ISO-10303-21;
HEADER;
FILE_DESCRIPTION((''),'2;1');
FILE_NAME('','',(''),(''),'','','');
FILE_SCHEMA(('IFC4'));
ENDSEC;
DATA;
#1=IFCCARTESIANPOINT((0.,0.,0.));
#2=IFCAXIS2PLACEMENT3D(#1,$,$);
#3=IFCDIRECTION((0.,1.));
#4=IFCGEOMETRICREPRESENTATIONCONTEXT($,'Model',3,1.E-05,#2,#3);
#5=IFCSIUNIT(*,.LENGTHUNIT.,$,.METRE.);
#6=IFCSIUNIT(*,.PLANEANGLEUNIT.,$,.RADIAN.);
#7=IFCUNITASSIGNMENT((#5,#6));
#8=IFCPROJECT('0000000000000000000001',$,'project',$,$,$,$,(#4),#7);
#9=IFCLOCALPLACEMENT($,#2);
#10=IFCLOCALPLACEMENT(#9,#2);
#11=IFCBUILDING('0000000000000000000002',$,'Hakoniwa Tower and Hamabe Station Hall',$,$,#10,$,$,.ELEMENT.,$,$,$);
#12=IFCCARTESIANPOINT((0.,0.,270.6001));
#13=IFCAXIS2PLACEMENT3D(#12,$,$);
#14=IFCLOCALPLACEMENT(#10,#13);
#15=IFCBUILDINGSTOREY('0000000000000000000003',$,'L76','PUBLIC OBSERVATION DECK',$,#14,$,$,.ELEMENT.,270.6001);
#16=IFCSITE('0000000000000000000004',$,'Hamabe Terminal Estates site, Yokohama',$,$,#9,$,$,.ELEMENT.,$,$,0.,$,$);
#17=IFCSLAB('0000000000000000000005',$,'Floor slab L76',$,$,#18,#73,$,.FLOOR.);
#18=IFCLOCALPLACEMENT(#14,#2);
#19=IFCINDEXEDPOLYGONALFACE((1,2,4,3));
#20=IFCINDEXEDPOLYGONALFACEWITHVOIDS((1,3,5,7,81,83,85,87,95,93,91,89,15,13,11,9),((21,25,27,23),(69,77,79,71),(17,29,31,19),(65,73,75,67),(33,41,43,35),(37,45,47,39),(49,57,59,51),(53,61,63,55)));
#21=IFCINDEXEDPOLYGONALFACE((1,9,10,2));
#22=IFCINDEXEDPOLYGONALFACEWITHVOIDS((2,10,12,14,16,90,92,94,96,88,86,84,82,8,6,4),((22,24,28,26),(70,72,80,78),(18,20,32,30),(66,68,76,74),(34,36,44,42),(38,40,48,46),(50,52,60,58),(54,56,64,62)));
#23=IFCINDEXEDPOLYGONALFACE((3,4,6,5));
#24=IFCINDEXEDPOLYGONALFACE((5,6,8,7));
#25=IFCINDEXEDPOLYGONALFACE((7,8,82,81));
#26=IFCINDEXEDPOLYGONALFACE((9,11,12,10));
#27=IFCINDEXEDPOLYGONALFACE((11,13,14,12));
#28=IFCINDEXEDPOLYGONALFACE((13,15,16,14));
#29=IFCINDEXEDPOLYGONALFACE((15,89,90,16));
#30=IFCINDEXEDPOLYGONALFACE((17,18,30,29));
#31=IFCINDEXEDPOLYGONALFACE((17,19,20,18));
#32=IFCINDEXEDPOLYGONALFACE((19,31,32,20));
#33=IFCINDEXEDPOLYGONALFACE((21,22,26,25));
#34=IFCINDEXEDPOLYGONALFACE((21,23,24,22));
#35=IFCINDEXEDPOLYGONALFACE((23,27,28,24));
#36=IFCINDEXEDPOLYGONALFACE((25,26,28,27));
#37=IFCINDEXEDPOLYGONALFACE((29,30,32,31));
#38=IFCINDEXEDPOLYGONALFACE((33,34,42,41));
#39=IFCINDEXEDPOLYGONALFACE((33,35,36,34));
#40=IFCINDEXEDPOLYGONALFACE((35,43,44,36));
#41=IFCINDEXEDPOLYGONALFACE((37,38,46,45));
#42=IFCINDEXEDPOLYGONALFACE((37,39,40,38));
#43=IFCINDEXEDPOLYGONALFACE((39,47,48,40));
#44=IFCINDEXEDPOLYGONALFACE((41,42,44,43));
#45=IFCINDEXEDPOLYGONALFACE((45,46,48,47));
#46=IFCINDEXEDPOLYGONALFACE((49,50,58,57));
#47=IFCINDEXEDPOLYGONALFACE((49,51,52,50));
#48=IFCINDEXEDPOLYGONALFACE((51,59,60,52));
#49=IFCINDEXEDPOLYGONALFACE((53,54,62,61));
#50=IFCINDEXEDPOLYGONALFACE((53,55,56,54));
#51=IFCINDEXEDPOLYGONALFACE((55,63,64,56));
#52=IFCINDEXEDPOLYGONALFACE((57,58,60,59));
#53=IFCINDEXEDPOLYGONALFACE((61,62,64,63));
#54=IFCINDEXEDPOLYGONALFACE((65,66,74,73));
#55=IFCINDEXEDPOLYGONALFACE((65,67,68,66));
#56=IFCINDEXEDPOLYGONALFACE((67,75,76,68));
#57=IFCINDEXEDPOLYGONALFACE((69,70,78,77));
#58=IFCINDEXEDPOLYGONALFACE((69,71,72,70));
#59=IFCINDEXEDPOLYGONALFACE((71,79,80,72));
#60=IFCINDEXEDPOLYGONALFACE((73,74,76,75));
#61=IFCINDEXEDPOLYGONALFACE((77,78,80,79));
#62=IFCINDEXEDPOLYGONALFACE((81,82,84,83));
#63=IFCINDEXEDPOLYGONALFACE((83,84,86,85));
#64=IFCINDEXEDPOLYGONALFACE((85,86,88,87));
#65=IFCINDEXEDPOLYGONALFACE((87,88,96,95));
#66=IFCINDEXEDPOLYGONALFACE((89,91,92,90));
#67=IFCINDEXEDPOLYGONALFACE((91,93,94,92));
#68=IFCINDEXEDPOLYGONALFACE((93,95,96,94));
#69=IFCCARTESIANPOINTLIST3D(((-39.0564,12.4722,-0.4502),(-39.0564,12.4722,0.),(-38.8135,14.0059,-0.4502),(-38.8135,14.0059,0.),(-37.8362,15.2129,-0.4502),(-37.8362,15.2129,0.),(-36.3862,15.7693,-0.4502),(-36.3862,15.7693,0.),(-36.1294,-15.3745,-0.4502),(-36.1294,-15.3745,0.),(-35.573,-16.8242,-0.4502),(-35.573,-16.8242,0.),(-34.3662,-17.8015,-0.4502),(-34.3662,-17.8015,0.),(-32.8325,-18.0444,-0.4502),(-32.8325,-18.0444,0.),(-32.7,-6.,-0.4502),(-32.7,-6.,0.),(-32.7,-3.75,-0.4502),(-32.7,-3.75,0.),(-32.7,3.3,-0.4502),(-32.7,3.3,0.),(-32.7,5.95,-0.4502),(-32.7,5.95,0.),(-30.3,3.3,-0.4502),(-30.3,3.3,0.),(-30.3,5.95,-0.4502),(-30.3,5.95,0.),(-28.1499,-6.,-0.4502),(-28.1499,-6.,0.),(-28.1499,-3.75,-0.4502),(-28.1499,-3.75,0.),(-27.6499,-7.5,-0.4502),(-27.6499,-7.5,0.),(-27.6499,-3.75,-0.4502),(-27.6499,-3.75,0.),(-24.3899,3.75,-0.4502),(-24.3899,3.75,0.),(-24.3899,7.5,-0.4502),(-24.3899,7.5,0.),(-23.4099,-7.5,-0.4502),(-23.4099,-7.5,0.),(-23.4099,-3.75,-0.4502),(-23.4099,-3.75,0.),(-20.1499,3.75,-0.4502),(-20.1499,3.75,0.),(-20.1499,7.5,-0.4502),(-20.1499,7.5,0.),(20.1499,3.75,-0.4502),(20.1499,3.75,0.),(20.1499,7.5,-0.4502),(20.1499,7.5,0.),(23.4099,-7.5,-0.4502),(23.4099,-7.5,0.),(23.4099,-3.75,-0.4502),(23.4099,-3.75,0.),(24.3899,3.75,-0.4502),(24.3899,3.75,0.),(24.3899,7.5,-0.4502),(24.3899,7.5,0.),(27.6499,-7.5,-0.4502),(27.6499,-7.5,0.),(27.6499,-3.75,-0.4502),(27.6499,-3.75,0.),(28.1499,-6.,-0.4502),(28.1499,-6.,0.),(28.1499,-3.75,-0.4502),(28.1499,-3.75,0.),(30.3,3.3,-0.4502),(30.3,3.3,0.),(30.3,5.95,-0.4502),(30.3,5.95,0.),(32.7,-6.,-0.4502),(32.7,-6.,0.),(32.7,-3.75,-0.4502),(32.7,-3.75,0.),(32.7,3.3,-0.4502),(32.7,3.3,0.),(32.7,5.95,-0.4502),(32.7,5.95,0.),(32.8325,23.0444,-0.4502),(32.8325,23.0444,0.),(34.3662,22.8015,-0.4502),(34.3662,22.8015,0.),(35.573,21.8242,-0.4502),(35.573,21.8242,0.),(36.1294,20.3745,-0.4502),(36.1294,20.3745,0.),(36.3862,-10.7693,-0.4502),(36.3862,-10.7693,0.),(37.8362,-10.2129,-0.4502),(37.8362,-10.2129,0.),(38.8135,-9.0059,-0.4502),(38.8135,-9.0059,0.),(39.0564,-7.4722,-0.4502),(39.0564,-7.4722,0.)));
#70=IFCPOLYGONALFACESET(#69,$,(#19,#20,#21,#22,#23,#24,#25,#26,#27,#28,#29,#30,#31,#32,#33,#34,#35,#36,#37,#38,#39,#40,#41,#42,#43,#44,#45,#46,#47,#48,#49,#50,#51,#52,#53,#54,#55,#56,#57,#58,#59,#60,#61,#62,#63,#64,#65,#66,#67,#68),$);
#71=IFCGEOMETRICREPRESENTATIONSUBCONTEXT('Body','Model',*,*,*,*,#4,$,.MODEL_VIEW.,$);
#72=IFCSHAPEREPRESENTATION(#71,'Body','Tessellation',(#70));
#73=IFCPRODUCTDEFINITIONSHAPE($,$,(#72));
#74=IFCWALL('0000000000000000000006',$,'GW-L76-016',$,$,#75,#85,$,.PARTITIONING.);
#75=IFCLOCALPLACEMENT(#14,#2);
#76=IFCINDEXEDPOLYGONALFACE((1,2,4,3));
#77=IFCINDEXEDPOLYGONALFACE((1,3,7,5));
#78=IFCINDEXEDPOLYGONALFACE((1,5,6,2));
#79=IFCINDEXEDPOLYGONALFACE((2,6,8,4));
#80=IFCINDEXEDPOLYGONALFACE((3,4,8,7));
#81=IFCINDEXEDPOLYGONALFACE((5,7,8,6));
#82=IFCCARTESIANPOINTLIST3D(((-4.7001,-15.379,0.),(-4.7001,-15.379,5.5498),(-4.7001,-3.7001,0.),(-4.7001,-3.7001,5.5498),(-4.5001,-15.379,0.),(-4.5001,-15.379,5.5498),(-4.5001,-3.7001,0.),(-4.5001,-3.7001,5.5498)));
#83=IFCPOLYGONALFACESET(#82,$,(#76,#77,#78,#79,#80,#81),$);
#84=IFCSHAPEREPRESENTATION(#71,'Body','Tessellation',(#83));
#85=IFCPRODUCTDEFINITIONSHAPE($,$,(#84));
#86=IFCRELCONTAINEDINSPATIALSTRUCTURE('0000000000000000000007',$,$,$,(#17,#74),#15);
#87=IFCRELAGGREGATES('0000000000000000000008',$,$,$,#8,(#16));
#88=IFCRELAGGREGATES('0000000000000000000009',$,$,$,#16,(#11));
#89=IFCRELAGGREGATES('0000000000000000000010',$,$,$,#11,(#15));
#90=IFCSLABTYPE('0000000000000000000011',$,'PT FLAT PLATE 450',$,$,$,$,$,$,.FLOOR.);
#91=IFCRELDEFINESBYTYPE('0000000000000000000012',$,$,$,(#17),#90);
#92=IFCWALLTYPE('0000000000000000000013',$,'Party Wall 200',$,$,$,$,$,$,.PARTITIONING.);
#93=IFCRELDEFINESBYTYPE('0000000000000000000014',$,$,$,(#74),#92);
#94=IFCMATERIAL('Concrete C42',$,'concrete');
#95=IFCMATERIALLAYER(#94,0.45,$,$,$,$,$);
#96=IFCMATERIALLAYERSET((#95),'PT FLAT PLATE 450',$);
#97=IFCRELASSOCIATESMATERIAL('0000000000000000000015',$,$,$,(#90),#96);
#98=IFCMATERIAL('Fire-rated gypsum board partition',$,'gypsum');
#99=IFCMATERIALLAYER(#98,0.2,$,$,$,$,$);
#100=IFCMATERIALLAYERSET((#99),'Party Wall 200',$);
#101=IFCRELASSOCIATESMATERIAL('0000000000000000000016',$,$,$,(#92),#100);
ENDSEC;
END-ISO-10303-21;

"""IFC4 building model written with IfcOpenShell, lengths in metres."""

from ifc_helpers import new_model, si_unit, direction, frame, frame_2d, origin, place, context, subcontext, project, spatial, polyline, rectangle, outline, extrude, material, layer, layer_set, type_object, element, save


model = new_model("IFC4")

# Units and contexts
model_context = context("Model", 3, precision=1e-05, world=origin(), true_north=direction((0.0, 1.0)))
body_context = subcontext(model_context, "Body", "Model", "MODEL_VIEW")
ifc_project = project(units=[si_unit("LENGTHUNIT", "METRE"), si_unit("PLANEANGLEUNIT", "RADIAN")], contexts=[model_context])

# Site, building, storey
site_placement = place(None, origin())
site = spatial("IfcSite", under=ifc_project, at=site_placement, Name="Hamabe Terminal Estates site, Yokohama", CompositionType="ELEMENT", RefElevation=0.0)
building_placement = place(site_placement, origin())
building = spatial("IfcBuilding", under=site, at=building_placement, Name="Hakoniwa Tower and Hamabe Station Hall", CompositionType="ELEMENT")
storey_placement = place(building_placement, frame((0.0, 0.0, 270.6001)))
storey = spatial("IfcBuildingStorey", under=building, at=storey_placement, Name="L76", Description="PUBLIC OBSERVATION DECK", CompositionType="ELEMENT", Elevation=270.6001)

# Slab
ifc_material_1 = material(Name="Concrete C42", Category="concrete")
ifc_layer_1 = layer(ifc_material_1, 0.45)
ifc_layer_set_1 = layer_set([ifc_layer_1], Name="PT FLAT PLATE 450")
slab_type = type_object("IfcSlabType", Name="PT FLAT PLATE 450", PredefinedType="FLOOR", material=ifc_layer_set_1)
slab_placement = place(storey_placement, frame((0.0, 0.0, -0.4502)))
element("IfcSlab", 1, at=slab_placement, inside=storey, type_object=slab_type, Name="Floor slab L76", PredefinedType="FLOOR", context=body_context, shape_type="SweptSolid", body=[
    extrude(outline(polyline([(39.0564, -7.4722), (36.1294, 20.3745), (35.573, 21.8242), (34.3662, 22.8015), (32.8325, 23.0444), (-36.3862, 15.7693), (-37.8362, 15.2129), (-38.8135, 14.0059), (-39.0564, 12.4722), (-36.1294, -15.3745), (-35.573, -16.8242), (-34.3662, -17.8015), (-32.8325, -18.0444), (36.3862, -10.7693), (37.8362, -10.2129), (38.8135, -9.0059), (39.0564, -7.4722)]), holes=[polyline([(-32.7, 3.3), (-32.7, 5.95), (-30.3, 5.95), (-30.3, 3.3), (-32.7, 3.3)]), polyline([(-32.7, -6.0), (-32.7, -3.75), (-28.1499, -3.75), (-28.1499, -6.0), (-32.7, -6.0)]), polyline([(-24.3899, 3.75), (-24.3899, 7.5), (-20.1499, 7.5), (-20.1499, 3.75), (-24.3899, 3.75)]), polyline([(-27.6499, -7.5), (-27.6499, -3.75), (-23.4099, -3.75), (-23.4099, -7.5), (-27.6499, -7.5)]), polyline([(30.3, 3.3), (30.3, 5.95), (32.7, 5.95), (32.7, 3.3), (30.3, 3.3)]), polyline([(28.1499, -6.0), (28.1499, -3.75), (32.7, -3.75), (32.7, -6.0), (28.1499, -6.0)]), polyline([(20.1499, 3.75), (20.1499, 7.5), (24.3899, 7.5), (24.3899, 3.75), (20.1499, 3.75)]), polyline([(23.4099, -7.5), (23.4099, -3.75), (27.6499, -3.75), (27.6499, -7.5), (23.4099, -7.5)])]), origin(), (0.0, 0.0, 1.0), 0.4502),
])

# Wall
ifc_material_2 = material(Name="Fire-rated gypsum board partition", Category="gypsum")
ifc_layer_2 = layer(ifc_material_2, 0.2)
ifc_layer_set_2 = layer_set([ifc_layer_2], Name="Party Wall 200")
wall_type = type_object("IfcWallType", Name="Party Wall 200", PredefinedType="PARTITIONING", material=ifc_layer_set_2)
wall_placement = place(storey_placement, frame((-4.6001, -15.3789, 0.0), z_axis=(0.0, 0.0, 1.0), x_axis=(0.0, 1.0, 0.0)))
element("IfcWall", 2, at=wall_placement, inside=storey, type_object=wall_type, Name="GW-L76-016", PredefinedType="PARTITIONING", context=body_context, shape_type="SweptSolid", body=[
    extrude(rectangle(XDim=11.679, YDim=0.2, at=frame_2d((5.8394, 0.0))), origin(), (0.0, 0.0, 1.0), 5.5498),
])

save(model, "model.ifc")
